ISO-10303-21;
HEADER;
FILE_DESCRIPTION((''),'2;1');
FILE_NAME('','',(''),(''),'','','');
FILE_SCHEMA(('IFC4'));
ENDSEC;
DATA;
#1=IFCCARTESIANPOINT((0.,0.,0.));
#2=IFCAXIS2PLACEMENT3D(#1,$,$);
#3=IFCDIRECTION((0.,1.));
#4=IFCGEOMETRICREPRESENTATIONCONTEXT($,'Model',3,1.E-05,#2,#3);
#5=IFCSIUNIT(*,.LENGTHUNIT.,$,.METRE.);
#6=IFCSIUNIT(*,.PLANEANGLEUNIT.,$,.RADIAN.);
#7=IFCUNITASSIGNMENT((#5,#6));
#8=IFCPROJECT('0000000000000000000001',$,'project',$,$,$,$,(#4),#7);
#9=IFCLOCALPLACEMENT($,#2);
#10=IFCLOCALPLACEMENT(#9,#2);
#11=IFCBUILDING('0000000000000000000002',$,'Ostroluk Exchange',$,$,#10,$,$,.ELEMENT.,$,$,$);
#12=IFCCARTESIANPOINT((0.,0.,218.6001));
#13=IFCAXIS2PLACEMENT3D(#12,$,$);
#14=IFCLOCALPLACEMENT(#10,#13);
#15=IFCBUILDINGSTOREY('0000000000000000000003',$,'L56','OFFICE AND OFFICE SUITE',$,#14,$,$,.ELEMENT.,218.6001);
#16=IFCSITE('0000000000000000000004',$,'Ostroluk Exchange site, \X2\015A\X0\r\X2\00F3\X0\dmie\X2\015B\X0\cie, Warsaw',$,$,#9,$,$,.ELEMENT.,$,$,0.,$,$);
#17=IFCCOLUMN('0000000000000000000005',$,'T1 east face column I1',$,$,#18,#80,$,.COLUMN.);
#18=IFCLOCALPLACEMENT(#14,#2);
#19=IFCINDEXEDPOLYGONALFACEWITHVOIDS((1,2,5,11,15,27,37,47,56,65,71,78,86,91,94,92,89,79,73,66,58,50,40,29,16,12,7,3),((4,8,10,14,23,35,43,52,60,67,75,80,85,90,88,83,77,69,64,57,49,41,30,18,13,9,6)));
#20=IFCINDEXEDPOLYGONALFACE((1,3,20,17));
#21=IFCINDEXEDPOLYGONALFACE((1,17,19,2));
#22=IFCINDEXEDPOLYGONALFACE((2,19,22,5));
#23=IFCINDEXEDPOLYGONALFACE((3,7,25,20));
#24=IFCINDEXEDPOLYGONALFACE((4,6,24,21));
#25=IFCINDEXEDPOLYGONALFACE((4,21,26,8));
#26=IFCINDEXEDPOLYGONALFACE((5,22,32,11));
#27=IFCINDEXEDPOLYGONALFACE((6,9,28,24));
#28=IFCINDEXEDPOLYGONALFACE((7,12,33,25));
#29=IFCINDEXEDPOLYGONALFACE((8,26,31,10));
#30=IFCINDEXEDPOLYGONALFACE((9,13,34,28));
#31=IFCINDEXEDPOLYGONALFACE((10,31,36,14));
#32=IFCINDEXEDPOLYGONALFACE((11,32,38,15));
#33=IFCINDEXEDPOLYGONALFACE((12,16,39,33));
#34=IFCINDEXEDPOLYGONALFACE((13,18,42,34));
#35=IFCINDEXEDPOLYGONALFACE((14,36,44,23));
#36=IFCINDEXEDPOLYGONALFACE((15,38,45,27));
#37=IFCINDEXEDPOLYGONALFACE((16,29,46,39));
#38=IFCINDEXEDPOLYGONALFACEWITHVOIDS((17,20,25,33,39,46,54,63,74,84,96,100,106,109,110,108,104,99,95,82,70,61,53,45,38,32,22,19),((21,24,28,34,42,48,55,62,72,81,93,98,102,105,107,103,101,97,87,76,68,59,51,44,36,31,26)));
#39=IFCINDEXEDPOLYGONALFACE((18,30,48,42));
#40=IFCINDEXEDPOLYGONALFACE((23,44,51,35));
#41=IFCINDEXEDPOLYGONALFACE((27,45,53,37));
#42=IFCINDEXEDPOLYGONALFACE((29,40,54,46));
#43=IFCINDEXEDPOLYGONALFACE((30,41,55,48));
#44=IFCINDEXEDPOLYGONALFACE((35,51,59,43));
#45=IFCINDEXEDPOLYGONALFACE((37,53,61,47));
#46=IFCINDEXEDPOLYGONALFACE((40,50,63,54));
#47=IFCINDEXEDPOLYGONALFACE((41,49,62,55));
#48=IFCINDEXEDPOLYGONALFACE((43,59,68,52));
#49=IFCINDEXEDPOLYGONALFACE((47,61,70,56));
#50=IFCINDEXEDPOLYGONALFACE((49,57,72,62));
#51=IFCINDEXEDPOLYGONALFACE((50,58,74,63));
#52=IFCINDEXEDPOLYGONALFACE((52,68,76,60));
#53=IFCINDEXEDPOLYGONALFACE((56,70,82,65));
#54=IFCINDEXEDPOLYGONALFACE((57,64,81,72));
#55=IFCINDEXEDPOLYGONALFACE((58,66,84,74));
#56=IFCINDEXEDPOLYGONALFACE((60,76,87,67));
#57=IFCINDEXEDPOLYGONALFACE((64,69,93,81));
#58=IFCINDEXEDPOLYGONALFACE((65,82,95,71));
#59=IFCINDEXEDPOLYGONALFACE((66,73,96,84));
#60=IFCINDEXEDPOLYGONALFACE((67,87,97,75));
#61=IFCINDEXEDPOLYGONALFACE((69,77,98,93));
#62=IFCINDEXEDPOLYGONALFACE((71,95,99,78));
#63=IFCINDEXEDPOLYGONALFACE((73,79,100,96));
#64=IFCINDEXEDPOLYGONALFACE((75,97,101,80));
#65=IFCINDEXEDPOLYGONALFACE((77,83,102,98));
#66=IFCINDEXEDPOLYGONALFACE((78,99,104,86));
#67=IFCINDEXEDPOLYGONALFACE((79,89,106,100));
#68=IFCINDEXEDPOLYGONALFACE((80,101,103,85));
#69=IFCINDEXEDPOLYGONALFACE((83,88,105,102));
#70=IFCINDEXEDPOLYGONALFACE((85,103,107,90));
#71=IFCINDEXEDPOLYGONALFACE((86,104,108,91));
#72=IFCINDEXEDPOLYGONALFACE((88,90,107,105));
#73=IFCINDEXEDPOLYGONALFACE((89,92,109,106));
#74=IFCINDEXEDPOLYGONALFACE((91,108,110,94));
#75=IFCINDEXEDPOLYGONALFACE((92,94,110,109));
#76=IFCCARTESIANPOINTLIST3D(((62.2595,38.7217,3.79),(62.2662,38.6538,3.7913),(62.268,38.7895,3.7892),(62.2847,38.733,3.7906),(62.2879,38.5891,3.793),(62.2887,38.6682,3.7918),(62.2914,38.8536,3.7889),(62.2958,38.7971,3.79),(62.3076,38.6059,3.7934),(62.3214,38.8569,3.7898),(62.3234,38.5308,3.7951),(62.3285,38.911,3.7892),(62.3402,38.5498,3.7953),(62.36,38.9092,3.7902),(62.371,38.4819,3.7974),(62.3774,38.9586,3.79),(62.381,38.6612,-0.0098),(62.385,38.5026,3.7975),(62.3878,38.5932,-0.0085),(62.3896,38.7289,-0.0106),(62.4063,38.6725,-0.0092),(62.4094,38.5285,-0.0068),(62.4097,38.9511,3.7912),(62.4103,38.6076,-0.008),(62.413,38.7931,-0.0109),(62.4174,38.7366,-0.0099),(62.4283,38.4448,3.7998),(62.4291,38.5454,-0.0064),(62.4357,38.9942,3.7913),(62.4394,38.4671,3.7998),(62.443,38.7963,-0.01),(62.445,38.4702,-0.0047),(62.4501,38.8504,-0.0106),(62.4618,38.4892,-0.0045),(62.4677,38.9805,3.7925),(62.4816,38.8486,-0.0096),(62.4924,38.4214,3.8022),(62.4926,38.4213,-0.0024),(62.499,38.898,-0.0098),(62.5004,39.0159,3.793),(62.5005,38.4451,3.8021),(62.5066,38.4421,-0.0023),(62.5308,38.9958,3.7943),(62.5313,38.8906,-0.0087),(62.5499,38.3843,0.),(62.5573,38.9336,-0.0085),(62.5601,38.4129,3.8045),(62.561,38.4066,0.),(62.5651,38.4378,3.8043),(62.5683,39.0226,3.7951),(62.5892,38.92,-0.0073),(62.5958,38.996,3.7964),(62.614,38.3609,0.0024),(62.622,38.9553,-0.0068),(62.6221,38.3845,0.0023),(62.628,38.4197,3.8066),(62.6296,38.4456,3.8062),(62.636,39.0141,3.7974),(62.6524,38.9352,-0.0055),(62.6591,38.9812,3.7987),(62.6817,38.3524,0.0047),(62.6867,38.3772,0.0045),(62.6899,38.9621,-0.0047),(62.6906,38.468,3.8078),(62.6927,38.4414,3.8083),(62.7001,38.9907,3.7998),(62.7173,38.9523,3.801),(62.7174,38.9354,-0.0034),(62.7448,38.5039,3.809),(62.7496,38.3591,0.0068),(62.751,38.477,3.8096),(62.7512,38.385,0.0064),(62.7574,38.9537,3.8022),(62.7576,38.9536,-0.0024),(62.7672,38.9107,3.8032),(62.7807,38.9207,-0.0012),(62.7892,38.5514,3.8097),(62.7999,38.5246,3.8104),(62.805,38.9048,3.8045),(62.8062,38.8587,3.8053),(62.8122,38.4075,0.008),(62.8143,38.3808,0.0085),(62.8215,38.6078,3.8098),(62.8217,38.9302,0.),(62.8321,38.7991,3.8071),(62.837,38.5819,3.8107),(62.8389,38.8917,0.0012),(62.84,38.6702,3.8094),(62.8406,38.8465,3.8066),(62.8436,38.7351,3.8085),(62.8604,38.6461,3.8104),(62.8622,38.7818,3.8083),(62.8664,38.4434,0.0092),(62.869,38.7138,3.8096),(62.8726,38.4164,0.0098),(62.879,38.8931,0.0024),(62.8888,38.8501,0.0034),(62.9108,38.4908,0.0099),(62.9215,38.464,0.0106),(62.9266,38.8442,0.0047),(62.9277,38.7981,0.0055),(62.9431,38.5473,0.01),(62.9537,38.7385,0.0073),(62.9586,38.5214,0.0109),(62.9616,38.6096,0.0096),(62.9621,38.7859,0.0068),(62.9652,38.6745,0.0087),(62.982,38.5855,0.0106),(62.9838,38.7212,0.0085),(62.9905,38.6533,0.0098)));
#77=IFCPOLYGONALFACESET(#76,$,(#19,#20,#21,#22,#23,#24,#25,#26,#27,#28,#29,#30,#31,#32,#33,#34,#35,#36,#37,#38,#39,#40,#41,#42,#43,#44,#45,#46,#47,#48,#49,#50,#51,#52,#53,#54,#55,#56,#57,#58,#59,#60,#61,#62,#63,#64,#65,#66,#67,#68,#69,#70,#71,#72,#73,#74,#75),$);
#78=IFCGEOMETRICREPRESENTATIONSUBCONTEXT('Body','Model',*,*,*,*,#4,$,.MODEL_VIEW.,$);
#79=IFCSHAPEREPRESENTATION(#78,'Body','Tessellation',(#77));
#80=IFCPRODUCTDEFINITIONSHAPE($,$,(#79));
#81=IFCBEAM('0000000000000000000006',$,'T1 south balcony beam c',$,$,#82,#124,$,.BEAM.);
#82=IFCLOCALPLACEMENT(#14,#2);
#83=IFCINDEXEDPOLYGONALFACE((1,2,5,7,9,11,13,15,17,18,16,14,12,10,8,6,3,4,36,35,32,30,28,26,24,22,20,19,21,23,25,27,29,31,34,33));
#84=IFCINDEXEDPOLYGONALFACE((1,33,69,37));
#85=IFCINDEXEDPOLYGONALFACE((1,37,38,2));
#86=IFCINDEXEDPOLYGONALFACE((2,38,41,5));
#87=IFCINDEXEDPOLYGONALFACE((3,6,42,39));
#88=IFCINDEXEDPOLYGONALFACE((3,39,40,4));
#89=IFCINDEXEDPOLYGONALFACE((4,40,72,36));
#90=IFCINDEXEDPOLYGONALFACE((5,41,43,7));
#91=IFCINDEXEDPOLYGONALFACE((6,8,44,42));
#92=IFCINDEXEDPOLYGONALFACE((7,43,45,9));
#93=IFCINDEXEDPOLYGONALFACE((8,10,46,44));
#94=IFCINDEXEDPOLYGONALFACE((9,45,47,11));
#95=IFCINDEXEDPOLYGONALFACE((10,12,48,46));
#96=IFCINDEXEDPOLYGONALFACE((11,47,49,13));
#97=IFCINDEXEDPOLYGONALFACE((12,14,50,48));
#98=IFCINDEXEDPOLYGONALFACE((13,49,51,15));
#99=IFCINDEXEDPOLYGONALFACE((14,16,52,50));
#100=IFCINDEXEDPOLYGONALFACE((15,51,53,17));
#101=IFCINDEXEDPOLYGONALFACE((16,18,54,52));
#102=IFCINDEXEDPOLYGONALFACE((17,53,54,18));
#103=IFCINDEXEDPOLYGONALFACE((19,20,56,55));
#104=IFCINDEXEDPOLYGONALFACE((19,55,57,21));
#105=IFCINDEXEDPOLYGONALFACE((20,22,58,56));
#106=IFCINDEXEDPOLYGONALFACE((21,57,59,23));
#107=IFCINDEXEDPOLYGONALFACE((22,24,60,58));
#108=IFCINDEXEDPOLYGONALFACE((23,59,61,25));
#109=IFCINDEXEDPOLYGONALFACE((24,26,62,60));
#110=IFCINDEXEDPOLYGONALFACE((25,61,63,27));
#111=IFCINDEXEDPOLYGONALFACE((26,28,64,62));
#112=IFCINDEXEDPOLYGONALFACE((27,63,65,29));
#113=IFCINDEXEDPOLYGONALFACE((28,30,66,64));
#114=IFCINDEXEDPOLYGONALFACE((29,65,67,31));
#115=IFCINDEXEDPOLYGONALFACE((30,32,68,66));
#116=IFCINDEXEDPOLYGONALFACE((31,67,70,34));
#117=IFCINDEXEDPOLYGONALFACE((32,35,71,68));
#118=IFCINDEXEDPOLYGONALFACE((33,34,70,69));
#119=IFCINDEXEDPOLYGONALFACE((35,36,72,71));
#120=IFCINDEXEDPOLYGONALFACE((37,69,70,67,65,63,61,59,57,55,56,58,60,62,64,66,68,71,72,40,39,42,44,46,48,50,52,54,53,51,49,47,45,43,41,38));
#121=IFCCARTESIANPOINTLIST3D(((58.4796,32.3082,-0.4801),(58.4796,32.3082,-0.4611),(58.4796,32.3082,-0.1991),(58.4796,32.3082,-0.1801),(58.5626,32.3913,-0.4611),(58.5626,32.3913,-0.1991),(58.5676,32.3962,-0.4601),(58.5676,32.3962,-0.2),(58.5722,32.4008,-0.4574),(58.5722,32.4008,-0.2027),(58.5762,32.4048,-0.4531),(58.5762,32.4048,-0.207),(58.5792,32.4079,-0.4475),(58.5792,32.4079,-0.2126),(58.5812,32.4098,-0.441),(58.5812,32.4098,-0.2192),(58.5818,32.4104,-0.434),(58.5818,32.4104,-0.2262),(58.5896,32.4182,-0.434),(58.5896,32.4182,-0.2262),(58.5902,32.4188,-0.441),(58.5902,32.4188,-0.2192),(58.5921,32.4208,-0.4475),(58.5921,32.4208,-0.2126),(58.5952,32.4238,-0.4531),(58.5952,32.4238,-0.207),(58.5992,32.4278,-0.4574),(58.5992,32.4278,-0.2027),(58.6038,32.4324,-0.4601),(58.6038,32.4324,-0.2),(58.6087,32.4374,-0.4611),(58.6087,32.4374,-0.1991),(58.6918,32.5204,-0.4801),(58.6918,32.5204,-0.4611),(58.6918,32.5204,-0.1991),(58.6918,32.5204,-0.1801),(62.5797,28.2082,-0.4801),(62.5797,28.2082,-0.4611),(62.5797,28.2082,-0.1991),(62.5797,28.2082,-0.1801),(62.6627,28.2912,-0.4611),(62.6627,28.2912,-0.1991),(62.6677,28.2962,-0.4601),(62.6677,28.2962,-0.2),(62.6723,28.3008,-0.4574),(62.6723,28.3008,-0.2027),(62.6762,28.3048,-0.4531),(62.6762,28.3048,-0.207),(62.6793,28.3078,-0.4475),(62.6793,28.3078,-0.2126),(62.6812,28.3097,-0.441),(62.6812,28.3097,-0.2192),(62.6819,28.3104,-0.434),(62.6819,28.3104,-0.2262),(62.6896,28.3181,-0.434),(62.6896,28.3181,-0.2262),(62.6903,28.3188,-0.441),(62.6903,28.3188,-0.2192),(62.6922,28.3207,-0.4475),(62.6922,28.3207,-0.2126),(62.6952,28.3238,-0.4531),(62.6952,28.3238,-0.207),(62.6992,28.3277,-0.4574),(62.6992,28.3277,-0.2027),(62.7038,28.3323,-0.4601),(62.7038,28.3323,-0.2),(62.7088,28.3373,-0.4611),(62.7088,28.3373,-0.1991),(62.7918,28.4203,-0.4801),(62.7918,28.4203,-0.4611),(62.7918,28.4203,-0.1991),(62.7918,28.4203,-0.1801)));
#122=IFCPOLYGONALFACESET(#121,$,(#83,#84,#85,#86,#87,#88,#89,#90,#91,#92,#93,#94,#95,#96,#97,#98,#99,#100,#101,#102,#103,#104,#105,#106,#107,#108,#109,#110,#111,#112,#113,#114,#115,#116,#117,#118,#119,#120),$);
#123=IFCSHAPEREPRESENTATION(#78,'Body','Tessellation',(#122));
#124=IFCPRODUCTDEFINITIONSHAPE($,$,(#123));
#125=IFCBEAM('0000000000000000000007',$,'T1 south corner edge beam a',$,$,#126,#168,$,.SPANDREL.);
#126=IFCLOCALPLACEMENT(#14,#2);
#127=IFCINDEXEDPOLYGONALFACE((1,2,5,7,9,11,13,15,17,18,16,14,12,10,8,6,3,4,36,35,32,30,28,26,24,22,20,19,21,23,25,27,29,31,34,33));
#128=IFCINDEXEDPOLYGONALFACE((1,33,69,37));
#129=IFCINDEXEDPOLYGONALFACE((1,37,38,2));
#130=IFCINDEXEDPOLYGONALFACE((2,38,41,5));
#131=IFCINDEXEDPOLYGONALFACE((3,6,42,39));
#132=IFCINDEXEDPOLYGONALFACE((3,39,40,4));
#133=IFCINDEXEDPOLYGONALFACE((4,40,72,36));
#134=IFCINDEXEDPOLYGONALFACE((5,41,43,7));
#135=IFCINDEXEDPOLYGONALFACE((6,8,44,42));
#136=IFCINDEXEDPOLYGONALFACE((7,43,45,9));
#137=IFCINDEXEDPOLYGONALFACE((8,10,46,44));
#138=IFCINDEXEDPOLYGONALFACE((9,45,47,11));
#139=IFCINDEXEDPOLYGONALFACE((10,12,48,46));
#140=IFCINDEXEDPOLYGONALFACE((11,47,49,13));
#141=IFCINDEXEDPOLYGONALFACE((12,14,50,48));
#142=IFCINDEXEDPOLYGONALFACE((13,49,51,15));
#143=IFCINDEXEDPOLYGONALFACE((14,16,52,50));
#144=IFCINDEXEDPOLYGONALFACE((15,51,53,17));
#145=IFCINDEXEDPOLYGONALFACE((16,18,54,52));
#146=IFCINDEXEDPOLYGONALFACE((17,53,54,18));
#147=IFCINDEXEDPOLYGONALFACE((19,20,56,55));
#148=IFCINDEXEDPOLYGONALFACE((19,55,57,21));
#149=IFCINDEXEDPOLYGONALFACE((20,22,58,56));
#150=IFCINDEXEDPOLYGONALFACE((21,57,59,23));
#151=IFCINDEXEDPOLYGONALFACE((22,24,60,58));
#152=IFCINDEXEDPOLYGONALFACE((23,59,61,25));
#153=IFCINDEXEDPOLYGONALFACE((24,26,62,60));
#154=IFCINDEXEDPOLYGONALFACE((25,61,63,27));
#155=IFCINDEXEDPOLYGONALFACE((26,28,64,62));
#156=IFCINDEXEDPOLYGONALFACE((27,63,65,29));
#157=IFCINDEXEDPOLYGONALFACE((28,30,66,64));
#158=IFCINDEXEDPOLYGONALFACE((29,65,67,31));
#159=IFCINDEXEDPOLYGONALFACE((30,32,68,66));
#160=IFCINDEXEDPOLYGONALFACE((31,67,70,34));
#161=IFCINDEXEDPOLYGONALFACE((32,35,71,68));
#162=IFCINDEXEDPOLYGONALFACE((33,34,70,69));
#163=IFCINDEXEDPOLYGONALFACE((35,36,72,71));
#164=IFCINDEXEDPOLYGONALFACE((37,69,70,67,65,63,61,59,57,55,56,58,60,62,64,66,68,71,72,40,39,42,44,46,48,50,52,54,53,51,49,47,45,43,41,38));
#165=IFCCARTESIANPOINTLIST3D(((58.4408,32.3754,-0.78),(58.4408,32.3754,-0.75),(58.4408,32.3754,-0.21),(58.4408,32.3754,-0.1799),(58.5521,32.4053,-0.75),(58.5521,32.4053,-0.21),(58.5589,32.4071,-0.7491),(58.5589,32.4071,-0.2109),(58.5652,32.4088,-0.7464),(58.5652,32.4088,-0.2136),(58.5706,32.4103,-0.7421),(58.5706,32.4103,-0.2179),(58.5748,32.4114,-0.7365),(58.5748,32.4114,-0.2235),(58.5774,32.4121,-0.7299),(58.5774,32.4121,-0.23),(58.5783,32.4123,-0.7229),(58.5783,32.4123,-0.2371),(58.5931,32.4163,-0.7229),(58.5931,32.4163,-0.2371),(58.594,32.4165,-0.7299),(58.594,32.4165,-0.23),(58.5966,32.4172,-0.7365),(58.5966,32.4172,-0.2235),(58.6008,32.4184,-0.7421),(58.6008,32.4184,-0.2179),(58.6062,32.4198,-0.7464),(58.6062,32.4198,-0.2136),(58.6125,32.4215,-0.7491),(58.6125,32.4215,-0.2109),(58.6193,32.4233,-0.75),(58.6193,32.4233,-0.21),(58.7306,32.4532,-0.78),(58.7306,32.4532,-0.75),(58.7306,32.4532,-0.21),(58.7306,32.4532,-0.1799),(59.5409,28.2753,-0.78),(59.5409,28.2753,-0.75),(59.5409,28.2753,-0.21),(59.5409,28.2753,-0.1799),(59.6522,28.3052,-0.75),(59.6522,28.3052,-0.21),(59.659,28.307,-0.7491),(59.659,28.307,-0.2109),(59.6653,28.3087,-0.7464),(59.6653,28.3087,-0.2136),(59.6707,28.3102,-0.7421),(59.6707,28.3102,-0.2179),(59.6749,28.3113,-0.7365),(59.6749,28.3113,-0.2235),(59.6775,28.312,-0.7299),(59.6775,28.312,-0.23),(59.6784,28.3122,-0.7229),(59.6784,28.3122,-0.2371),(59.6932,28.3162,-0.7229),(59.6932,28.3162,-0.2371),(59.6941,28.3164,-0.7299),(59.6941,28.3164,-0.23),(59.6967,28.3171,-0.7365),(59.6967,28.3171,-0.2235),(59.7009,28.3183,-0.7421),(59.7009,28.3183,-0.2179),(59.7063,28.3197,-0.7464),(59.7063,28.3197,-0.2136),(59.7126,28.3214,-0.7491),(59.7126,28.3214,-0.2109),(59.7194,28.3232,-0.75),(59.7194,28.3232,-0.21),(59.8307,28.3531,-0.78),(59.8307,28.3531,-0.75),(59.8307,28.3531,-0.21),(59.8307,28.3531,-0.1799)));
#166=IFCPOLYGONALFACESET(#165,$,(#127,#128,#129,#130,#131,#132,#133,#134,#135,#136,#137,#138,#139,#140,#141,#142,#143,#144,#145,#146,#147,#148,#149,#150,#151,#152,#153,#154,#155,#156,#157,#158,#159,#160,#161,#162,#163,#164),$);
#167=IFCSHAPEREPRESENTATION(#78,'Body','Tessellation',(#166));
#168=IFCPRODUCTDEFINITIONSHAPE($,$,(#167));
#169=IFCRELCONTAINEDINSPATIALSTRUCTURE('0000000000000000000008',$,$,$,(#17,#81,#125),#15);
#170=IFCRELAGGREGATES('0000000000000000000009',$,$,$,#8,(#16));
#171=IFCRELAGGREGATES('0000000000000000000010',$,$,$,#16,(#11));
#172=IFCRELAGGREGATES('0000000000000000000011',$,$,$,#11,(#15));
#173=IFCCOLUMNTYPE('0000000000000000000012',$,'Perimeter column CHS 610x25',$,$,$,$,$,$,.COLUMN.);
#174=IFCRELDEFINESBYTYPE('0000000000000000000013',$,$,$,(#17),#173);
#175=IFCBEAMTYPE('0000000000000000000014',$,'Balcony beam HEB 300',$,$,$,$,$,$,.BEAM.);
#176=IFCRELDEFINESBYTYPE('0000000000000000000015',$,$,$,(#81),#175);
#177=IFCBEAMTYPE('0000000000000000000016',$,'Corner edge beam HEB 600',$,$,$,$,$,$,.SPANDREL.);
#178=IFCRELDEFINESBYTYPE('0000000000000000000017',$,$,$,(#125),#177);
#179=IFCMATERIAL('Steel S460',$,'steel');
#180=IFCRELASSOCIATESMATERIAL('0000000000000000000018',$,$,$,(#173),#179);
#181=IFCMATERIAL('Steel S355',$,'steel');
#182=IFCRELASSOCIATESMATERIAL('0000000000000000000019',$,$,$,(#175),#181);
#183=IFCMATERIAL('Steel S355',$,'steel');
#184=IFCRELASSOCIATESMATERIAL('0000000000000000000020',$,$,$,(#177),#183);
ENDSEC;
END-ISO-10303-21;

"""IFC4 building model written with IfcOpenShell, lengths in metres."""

from ifc_helpers import new_model, si_unit, direction, frame, origin, origin_2d, place, context, subcontext, project, spatial, hollow_circle, i_section, extrude, material, material_profile, profile_set, type_object, element, save


model = new_model("IFC4")

# Units and contexts
model_context = context("Model", 3, precision=1e-05, world=origin(), true_north=direction((0.0, 1.0)))
body_context = subcontext(model_context, "Body", "Model", "MODEL_VIEW")
ifc_project = project(units=[si_unit("LENGTHUNIT", "METRE"), si_unit("PLANEANGLEUNIT", "RADIAN")], contexts=[model_context])

# Site, building, storey
site_placement = place(None, origin())
site = spatial("IfcSite", under=ifc_project, at=site_placement, Name="Ostroluk Exchange site, Śródmieście, Warsaw", CompositionType="ELEMENT", RefElevation=0.0)
building_placement = place(site_placement, origin())
building = spatial("IfcBuilding", under=site, at=building_placement, Name="Ostroluk Exchange", CompositionType="ELEMENT")
storey_placement = place(building_placement, frame((0.0, 0.0, 218.6001)))
storey = spatial("IfcBuildingStorey", under=building, at=storey_placement, Name="L56", Description="OFFICE AND OFFICE SUITE", CompositionType="ELEMENT", Elevation=218.6001)

# Column
ifc_material_1 = material(Name="Steel S460", Category="steel")
ifc_material_profile_1 = material_profile(ifc_material_1, hollow_circle(Radius=0.3049, WallThickness=0.0249, at=origin_2d()), Name="CHS 610x25")
ifc_profile_set_1 = profile_set([ifc_material_profile_1], Name="Steel S460")
column_type = type_object("IfcColumnType", Name="Perimeter column CHS 610x25", PredefinedType="COLUMN", material=ifc_profile_set_1)
column_placement = place(storey_placement, frame((62.6858, 38.6572, 0.0), z_axis=(-0.031976, 0.015924, 0.999362), x_axis=(-0.445775, -0.895145, 0.0)))
element("IfcColumn", 1, at=column_placement, inside=storey, type_object=column_type, Name="T1 east face column I1", PredefinedType="COLUMN", context=body_context, shape_type="SweptSolid", body=[
    extrude(hollow_circle(Radius=0.3049, WallThickness=0.0249, at=origin_2d()), origin(), (0.0, 0.0, 1.0), 3.8022),
])

# Beams
ifc_material_2 = material(Name="Steel S355", Category="steel")
ifc_material_profile_2 = material_profile(ifc_material_2, i_section(OverallWidth=0.3, OverallDepth=0.3, WebThickness=0.011, FlangeThickness=0.019, FilletRadius=0.0271, at=origin_2d()), Name="HEB 300")
ifc_profile_set_2 = profile_set([ifc_material_profile_2], Name="Steel S355")
beam_type_1 = type_object("IfcBeamType", Name="Balcony beam HEB 300", PredefinedType="BEAM", material=ifc_profile_set_2)
beam_1_placement = place(storey_placement, frame((58.5857, 32.4143, -0.3301), z_axis=(0.707107, -0.707107, 0.0), x_axis=(0.707107, 0.707107, 0.0)))
element("IfcBeam", 2, at=beam_1_placement, inside=storey, type_object=beam_type_1, Name="T1 south balcony beam c", PredefinedType="BEAM", context=body_context, shape_type="SweptSolid", body=[
    extrude(i_section(OverallWidth=0.3, OverallDepth=0.3, WebThickness=0.011, FlangeThickness=0.019, FilletRadius=0.0271, at=origin_2d()), origin(), (0.0, 0.0, 1.0), 5.7983),
])
ifc_material_3 = material(Name="Steel S355", Category="steel")
ifc_material_profile_3 = material_profile(ifc_material_3, i_section(OverallWidth=0.3, OverallDepth=0.6001, WebThickness=0.0154, FlangeThickness=0.03, FilletRadius=0.0271, at=origin_2d()), Name="HEB 600")
ifc_profile_set_3 = profile_set([ifc_material_profile_3], Name="Steel S355")
beam_type_2 = type_object("IfcBeamType", Name="Corner edge beam HEB 600", PredefinedType="SPANDREL", material=ifc_profile_set_3)
for number, where, z_axis, x_axis, name in (
    (3, (58.5857, 32.4143, -0.48), (0.259144, -0.965839, 0.0), (0.965839, 0.259144, 0.0), "T1 south corner edge beam a"),
):
    element("IfcBeam", number, at=place(storey_placement, frame(where, z_axis=z_axis, x_axis=x_axis)), inside=storey, type_object=beam_type_2, Name=name, PredefinedType="SPANDREL", context=body_context, shape_type="SweptSolid", body=[
        extrude(i_section(OverallWidth=0.3, OverallDepth=0.6001, WebThickness=0.0154, FlangeThickness=0.03, FilletRadius=0.0271, at=origin_2d()), origin(), (0.0, 0.0, 1.0), 4.2451),
    ])

save(model, "model.ifc")
